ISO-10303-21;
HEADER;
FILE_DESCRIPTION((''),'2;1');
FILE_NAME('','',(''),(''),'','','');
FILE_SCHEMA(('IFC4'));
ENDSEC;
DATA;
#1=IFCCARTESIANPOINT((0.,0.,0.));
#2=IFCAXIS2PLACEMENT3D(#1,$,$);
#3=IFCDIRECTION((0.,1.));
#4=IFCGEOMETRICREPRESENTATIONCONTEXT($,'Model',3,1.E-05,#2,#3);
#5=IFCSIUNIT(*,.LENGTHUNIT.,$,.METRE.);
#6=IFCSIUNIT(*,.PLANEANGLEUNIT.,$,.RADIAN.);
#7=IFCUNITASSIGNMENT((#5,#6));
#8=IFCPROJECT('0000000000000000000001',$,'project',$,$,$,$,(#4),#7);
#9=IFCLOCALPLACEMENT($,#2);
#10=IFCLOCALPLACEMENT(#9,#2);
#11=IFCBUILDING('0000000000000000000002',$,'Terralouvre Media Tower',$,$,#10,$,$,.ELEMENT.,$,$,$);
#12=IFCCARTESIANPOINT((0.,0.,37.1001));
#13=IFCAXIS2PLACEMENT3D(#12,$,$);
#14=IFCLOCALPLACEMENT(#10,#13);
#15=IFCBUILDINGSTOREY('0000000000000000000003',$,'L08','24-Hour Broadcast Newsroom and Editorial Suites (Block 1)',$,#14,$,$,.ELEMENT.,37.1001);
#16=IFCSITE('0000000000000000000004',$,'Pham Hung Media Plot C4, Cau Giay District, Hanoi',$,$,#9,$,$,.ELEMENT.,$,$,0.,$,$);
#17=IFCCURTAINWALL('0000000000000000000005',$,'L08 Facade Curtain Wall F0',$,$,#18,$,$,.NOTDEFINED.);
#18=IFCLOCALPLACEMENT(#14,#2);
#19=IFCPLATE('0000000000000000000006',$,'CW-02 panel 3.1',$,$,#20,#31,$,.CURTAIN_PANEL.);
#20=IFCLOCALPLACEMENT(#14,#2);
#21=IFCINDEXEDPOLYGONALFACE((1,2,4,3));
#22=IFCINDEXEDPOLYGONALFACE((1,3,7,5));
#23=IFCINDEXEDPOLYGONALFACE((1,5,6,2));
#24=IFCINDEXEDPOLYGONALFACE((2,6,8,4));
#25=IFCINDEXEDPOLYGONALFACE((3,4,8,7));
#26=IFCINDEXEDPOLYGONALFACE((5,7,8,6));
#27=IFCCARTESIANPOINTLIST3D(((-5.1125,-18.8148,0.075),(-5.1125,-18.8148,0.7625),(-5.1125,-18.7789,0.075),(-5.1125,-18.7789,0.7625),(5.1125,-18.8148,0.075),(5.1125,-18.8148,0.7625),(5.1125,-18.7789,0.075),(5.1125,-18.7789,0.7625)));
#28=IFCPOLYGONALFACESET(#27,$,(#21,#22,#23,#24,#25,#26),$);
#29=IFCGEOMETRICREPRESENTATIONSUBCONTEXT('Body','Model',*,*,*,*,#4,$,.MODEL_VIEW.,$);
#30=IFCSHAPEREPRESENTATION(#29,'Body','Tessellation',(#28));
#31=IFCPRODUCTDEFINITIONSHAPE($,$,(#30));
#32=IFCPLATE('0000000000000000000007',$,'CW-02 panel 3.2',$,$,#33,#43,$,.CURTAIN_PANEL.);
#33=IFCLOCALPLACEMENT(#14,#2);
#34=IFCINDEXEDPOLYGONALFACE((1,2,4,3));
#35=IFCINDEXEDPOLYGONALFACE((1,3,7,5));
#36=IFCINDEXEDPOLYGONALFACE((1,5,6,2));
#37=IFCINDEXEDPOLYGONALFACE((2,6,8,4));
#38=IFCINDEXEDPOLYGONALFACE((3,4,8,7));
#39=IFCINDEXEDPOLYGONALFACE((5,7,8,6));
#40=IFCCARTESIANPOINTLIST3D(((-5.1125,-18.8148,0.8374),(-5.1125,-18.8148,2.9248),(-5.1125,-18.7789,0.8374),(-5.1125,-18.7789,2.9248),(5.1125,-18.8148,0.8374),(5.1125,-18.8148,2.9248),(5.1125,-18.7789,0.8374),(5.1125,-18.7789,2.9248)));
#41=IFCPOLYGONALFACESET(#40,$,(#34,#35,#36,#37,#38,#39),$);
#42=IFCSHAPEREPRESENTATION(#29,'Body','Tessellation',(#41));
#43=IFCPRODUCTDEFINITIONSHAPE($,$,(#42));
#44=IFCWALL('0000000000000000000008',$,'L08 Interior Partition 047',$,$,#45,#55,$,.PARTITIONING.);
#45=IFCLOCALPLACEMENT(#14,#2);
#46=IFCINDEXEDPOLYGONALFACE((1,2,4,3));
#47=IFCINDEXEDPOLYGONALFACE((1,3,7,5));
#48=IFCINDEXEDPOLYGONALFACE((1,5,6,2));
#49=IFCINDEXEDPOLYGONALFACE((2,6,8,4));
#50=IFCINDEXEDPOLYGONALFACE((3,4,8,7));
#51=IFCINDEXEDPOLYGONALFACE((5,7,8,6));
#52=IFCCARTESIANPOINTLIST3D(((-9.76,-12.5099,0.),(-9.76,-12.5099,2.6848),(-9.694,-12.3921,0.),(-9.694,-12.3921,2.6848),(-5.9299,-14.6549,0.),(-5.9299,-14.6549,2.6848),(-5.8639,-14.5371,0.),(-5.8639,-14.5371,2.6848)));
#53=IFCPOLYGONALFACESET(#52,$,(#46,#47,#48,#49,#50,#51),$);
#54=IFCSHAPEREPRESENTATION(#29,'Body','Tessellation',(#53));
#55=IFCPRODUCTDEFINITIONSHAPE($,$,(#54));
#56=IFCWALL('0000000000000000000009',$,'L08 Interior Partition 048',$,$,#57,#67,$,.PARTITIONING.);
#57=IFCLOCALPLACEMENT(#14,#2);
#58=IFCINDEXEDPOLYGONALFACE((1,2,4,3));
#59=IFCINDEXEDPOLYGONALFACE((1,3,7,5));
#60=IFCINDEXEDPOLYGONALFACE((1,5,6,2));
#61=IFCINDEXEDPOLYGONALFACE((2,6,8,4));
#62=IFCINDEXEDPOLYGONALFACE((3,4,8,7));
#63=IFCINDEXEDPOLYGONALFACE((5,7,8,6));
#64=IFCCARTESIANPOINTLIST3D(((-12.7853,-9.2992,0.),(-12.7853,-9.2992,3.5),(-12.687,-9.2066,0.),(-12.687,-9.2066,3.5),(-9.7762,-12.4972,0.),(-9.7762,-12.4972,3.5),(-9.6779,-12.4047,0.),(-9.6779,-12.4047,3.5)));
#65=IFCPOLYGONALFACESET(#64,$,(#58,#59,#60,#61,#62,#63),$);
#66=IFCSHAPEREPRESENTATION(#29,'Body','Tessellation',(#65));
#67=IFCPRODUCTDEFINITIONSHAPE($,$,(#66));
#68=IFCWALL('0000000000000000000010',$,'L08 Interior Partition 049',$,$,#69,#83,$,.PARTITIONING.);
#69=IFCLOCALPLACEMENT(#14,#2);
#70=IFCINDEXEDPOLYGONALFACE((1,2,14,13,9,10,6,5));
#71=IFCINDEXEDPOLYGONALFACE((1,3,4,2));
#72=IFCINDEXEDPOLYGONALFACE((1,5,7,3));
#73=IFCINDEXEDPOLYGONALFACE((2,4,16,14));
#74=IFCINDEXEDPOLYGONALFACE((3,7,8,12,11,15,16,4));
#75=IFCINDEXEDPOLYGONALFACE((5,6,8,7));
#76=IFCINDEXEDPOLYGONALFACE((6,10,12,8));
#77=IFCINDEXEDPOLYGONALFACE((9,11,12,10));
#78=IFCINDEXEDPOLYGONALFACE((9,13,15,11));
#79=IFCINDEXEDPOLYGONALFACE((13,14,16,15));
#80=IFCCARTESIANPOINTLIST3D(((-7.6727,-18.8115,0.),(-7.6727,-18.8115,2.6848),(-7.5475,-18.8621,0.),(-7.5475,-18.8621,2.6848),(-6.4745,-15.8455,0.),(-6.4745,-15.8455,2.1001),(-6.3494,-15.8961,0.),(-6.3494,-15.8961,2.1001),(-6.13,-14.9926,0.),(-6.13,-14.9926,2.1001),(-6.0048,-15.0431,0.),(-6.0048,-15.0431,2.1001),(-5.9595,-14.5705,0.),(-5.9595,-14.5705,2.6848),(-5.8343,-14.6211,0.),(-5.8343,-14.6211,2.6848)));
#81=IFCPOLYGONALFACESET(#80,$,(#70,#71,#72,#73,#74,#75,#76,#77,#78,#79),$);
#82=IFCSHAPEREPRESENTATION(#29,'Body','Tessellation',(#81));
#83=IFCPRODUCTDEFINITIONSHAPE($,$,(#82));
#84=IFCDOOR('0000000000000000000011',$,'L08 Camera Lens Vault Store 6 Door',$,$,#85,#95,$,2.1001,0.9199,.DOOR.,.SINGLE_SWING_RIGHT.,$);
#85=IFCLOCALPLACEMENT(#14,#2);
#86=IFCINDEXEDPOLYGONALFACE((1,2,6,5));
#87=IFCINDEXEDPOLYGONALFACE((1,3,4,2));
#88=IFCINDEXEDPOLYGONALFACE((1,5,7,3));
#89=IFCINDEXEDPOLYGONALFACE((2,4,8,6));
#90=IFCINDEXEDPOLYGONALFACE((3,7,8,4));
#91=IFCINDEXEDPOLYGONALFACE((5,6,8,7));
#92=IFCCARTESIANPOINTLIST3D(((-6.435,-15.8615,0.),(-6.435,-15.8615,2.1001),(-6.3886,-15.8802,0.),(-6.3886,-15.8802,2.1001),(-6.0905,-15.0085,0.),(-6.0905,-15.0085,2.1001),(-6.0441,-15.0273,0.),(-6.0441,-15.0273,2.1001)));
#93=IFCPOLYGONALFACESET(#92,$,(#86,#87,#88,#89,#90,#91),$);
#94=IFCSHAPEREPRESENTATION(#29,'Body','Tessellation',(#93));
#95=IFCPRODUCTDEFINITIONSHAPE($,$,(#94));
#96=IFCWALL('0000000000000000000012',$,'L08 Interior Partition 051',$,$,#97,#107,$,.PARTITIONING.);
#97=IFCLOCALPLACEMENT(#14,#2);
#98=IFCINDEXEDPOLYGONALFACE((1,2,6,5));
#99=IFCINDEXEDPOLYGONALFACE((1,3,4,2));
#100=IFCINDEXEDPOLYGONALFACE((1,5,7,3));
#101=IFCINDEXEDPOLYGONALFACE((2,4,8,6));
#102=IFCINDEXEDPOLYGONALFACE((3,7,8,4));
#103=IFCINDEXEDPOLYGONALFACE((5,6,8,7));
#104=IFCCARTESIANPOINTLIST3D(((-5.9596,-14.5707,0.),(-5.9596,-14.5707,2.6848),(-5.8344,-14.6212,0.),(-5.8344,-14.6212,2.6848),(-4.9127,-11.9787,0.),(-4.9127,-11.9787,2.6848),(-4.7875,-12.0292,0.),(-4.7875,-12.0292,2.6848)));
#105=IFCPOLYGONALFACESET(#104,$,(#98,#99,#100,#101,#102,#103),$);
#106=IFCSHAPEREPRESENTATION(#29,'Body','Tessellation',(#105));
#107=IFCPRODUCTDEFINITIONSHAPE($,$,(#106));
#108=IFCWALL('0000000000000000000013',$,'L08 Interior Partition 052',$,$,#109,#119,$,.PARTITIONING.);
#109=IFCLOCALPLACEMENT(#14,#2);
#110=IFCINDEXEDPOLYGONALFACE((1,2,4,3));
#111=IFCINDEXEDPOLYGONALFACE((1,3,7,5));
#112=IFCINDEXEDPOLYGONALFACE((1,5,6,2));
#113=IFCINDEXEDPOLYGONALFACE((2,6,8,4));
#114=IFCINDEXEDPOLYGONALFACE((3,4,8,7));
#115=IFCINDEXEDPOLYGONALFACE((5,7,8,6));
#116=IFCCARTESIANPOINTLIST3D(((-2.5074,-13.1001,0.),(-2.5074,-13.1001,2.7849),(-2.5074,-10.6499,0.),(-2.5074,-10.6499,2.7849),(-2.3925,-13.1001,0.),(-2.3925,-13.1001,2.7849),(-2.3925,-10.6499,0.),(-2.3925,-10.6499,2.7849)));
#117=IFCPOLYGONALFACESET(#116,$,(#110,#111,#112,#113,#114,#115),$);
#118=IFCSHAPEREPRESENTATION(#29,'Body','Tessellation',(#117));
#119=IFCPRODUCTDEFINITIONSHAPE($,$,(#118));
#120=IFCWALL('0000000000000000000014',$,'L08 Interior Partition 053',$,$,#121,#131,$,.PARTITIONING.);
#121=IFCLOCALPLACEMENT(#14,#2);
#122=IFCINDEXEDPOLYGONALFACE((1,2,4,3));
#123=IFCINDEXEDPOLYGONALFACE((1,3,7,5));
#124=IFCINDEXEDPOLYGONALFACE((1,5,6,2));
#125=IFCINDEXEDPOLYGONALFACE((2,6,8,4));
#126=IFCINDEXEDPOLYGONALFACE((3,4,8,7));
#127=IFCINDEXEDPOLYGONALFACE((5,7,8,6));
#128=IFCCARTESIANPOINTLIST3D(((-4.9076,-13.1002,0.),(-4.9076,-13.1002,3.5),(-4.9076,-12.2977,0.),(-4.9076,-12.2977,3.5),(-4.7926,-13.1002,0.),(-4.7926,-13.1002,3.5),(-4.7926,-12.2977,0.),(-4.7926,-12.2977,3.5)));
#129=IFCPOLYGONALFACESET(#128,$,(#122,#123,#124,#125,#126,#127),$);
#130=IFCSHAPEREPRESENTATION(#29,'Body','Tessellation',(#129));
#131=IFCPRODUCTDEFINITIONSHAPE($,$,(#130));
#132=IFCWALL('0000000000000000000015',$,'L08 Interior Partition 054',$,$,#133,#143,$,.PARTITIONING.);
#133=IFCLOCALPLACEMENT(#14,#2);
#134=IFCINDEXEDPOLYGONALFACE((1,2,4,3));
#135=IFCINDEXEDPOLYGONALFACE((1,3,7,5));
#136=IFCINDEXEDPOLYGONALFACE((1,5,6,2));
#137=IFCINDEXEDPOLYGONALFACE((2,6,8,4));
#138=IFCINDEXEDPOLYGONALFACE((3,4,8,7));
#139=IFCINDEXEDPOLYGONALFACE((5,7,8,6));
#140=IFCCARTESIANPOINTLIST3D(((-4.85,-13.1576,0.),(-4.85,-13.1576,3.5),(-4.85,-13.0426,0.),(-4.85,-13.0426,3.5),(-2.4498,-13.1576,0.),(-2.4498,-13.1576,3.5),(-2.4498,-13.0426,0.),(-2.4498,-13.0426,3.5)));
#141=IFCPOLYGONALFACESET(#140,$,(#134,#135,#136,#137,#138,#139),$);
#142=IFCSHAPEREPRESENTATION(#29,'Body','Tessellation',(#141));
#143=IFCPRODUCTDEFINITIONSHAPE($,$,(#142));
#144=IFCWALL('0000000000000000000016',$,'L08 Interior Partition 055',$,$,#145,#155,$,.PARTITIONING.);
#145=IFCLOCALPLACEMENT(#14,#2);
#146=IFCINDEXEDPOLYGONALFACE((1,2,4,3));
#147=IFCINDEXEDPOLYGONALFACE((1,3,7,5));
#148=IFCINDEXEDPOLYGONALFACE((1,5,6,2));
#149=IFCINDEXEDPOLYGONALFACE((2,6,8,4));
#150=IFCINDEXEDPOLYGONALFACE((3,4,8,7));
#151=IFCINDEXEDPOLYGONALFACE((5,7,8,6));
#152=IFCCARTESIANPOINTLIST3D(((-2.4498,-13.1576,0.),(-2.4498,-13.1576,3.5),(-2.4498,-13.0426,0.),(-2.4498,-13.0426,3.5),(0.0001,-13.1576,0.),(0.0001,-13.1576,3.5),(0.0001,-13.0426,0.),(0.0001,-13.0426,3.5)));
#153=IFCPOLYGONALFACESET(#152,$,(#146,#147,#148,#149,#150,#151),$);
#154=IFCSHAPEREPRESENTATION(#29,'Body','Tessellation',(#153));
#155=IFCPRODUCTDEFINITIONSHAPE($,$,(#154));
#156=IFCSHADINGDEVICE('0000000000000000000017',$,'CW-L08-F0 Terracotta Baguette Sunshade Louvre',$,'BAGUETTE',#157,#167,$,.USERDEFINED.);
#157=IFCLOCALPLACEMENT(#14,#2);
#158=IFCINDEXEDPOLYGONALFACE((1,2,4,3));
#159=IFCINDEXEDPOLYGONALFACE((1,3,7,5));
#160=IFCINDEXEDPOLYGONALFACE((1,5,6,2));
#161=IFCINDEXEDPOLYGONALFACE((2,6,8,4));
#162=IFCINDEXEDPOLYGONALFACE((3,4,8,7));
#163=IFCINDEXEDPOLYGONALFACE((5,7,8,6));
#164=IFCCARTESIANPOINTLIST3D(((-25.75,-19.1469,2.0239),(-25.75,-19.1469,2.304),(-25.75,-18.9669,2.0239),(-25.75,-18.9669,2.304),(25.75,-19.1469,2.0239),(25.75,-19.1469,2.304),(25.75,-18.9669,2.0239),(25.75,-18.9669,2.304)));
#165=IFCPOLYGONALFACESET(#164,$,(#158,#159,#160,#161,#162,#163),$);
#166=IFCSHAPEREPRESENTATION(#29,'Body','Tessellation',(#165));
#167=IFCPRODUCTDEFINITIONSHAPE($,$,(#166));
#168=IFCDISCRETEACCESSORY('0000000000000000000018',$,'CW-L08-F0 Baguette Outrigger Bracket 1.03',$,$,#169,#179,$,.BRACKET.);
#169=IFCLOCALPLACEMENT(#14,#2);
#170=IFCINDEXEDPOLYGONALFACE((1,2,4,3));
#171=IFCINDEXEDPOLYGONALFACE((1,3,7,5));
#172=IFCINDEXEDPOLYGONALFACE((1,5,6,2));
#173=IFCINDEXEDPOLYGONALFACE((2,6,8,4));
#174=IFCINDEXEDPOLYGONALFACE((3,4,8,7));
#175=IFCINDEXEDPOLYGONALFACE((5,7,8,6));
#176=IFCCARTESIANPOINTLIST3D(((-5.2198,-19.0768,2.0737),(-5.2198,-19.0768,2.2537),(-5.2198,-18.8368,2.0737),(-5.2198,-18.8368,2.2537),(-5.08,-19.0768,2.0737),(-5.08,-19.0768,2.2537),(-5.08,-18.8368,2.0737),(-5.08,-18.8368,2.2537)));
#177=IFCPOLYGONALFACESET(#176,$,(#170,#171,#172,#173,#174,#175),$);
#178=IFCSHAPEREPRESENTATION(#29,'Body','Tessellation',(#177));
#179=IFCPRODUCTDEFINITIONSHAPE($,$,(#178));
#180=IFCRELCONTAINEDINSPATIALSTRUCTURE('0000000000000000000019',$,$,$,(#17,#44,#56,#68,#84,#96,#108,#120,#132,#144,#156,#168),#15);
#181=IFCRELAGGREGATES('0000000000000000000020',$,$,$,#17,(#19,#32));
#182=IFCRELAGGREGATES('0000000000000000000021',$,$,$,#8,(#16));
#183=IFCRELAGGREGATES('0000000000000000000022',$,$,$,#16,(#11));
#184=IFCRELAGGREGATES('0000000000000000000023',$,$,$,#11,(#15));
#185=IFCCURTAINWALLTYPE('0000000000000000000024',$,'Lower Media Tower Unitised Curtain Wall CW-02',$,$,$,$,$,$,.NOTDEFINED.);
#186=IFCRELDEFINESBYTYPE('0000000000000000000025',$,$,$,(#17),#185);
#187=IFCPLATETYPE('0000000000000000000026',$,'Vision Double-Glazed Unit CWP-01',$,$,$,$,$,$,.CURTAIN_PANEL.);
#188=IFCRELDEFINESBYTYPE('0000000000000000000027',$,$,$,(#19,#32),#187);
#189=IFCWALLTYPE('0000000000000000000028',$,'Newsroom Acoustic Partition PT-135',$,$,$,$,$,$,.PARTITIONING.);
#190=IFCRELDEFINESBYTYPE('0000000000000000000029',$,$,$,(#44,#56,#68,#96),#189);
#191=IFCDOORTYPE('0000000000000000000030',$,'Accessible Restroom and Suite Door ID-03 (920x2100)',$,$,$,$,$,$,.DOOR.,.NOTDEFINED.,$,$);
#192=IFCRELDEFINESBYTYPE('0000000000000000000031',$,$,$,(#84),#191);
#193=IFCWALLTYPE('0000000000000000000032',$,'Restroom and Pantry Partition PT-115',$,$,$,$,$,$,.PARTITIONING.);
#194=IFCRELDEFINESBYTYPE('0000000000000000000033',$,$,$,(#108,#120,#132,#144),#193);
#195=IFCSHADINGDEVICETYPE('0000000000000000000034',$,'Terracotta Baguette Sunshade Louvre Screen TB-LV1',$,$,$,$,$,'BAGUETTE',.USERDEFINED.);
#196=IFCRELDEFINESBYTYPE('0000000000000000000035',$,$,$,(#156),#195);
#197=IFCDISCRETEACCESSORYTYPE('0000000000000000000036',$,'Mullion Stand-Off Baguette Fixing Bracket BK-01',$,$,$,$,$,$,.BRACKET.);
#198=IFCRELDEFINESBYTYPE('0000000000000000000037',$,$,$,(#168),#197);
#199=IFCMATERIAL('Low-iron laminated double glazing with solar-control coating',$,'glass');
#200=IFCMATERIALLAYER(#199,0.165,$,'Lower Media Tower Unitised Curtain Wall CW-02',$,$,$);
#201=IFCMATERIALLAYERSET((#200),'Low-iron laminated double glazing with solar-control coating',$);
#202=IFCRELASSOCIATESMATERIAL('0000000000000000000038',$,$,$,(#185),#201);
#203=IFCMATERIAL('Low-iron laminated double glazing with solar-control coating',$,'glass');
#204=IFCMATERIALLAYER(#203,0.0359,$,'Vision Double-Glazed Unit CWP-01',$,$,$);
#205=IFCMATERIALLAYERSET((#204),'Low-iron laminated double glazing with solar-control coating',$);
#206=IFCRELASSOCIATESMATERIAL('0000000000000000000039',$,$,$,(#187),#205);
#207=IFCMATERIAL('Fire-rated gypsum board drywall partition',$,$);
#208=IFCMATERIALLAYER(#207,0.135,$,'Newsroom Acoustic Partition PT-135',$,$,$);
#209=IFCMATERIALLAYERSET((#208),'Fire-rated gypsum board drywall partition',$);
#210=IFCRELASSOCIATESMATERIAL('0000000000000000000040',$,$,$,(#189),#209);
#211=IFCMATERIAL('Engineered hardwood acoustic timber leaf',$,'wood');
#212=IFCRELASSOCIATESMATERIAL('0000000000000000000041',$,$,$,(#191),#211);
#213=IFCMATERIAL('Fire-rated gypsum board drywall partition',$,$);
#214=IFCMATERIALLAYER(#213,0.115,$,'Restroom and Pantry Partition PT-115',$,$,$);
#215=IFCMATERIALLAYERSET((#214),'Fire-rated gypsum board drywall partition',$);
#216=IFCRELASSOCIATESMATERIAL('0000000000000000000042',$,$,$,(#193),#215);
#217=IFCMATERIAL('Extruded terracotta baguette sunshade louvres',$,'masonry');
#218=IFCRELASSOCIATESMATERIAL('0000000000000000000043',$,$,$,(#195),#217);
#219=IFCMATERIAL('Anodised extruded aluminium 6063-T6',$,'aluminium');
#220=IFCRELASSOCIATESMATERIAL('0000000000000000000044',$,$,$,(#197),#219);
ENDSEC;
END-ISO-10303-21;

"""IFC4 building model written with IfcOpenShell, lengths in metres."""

from ifc_helpers import new_model, si_unit, direction, frame, frame_2d, origin, origin_2d, place, context, subcontext, project, spatial, rectangle, extrude, material, layer, layer_set, type_object, element, fill, aggregate, save


model = new_model("IFC4")

# Units and contexts
model_context = context("Model", 3, precision=1e-05, world=origin(), true_north=direction((0.0, 1.0)))
body_context = subcontext(model_context, "Body", "Model", "MODEL_VIEW")
ifc_project = project(units=[si_unit("LENGTHUNIT", "METRE"), si_unit("PLANEANGLEUNIT", "RADIAN")], contexts=[model_context])

# Site, building, storey
site_placement = place(None, origin())
site = spatial("IfcSite", under=ifc_project, at=site_placement, Name="Pham Hung Media Plot C4, Cau Giay District, Hanoi", CompositionType="ELEMENT", RefElevation=0.0)
building_placement = place(site_placement, origin())
building = spatial("IfcBuilding", under=site, at=building_placement, Name="Terralouvre Media Tower", CompositionType="ELEMENT")
storey_placement = place(building_placement, frame((0.0, 0.0, 37.1001)))
storey = spatial("IfcBuildingStorey", under=building, at=storey_placement, Name="L08", Description="24-Hour Broadcast Newsroom and Editorial Suites (Block 1)", CompositionType="ELEMENT", Elevation=37.1001)

# Curtain wall
ifc_material_1 = material(Name="Low-iron laminated double glazing with solar-control coating", Category="glass")
ifc_layer_1 = layer(ifc_material_1, 0.165, Name="Lower Media Tower Unitised Curtain Wall CW-02")
ifc_layer_set_1 = layer_set([ifc_layer_1], Name="Low-iron laminated double glazing with solar-control coating")
curtain_wall_type = type_object("IfcCurtainWallType", Name="Lower Media Tower Unitised Curtain Wall CW-02", PredefinedType="NOTDEFINED", material=ifc_layer_set_1)
curtain_wall_placement = place(storey_placement, origin())
curtain_wall = element("IfcCurtainWall", 1, at=curtain_wall_placement, inside=storey, type_object=curtain_wall_type, Name="L08 Facade Curtain Wall F0", PredefinedType="NOTDEFINED")

# Plates
ifc_material_2 = material(Name="Low-iron laminated double glazing with solar-control coating", Category="glass")
ifc_layer_2 = layer(ifc_material_2, 0.0359, Name="Vision Double-Glazed Unit CWP-01")
ifc_layer_set_2 = layer_set([ifc_layer_2], Name="Low-iron laminated double glazing with solar-control coating")
plate_type = type_object("IfcPlateType", Name="Vision Double-Glazed Unit CWP-01", PredefinedType="CURTAIN_PANEL", material=ifc_layer_set_2)
plate_1_placement = place(storey_placement, frame((0.0, -18.7969, 0.075), z_axis=(0.0, 0.0, 1.0), x_axis=(1.0, 0.0, 0.0)))
plate_1 = element("IfcPlate", 2, at=plate_1_placement, type_object=plate_type, Name="CW-02 panel 3.1", PredefinedType="CURTAIN_PANEL", context=body_context, shape_type="SweptSolid", body=[
    extrude(rectangle(XDim=10.2251, YDim=0.0359, at=origin_2d()), origin(), (0.0, 0.0, 1.0), 0.6875),
])
plate_2_placement = place(storey_placement, frame((0.0, -18.7969, 0.8374), z_axis=(0.0, 0.0, 1.0), x_axis=(1.0, 0.0, 0.0)))
plate_2 = element("IfcPlate", 3, at=plate_2_placement, type_object=plate_type, Name="CW-02 panel 3.2", PredefinedType="CURTAIN_PANEL", context=body_context, shape_type="SweptSolid", body=[
    extrude(rectangle(XDim=10.2251, YDim=0.0359, at=origin_2d()), origin(), (0.0, 0.0, 1.0), 2.0874),
])
aggregate(curtain_wall, [plate_1, plate_2])

# Walls
ifc_material_3 = material(Name="Fire-rated gypsum board drywall partition")
ifc_layer_3 = layer(ifc_material_3, 0.135, Name="Newsroom Acoustic Partition PT-135")
ifc_layer_set_3 = layer_set([ifc_layer_3], Name="Fire-rated gypsum board drywall partition")
wall_type_1 = type_object("IfcWallType", Name="Newsroom Acoustic Partition PT-135", PredefinedType="PARTITIONING", material=ifc_layer_set_3)
wall_1_placement = place(storey_placement, frame((-5.897, -14.5959, 0.0), z_axis=(0.0, 0.0, 1.0), x_axis=(-0.872489, 0.488634, 0.0)))
element("IfcWall", 4, at=wall_1_placement, inside=storey, type_object=wall_type_1, Name="L08 Interior Partition 047", PredefinedType="PARTITIONING", context=body_context, shape_type="SweptSolid", body=[
    extrude(rectangle(XDim=4.3899, YDim=0.135, at=frame_2d((2.1948, 0.0))), origin(), (0.0, 0.0, 1.0), 2.6848),
])
wall_2_placement = place(storey_placement, frame((-9.7271, -12.4509, 0.0), z_axis=(0.0, 0.0, 1.0), x_axis=(-0.685262, 0.728296, 0.0)))
element("IfcWall", 5, at=wall_2_placement, inside=storey, type_object=wall_type_1, Name="L08 Interior Partition 048", PredefinedType="PARTITIONING", context=body_context, shape_type="SweptSolid", body=[
    extrude(rectangle(XDim=4.3911, YDim=0.135, at=frame_2d((2.1956, 0.0))), origin(), (0.0, 0.0, 1.0), 3.5),
])

# Wall, opening, door
wall_3_placement = place(storey_placement, frame((-7.6101, -18.8369, 0.0), z_axis=(0.0, 0.0, 1.0), x_axis=(0.374545, 0.927209, 0.0)))
wall_3 = element("IfcWall", 6, at=wall_3_placement, inside=storey, type_object=wall_type_1, Name="L08 Interior Partition 049", PredefinedType="PARTITIONING", context=body_context, shape_type="SweptSolid", body=[
    extrude(rectangle(XDim=4.574, YDim=0.135, at=frame_2d((2.2871, 0.0))), origin(), (0.0, 0.0, 1.0), 2.6848),
])
opening_placement = place(wall_3_placement, frame((3.199, 0.0, 0.0)))
opening = element("IfcOpeningElement", 7, at=opening_placement, cuts=wall_3, PredefinedType="OPENING", context=body_context, shape_type="SweptSolid", body=[
    extrude(rectangle(XDim=0.9199, YDim=2.1001, at=frame_2d((0.46, 1.05))), frame((0.0, 0.0774, 0.0), z_axis=(0.0, -1.0, 0.0), x_axis=(1.0, 0.0, 0.0)), (0.0, 0.0, 1.0), 0.155),
])
ifc_material_4 = material(Name="Engineered hardwood acoustic timber leaf", Category="wood")
door_type = type_object("IfcDoorType", Name="Accessible Restroom and Suite Door ID-03 (920x2100)", OperationType="NOTDEFINED", PredefinedType="DOOR", material=ifc_material_4)
door_placement = place(opening_placement, origin())
door = element("IfcDoor", 8, at=door_placement, inside=storey, type_object=door_type, Name="L08 Camera Lens Vault Store 6 Door", OperationType="SINGLE_SWING_RIGHT", OverallHeight=2.1001, OverallWidth=0.9199, PredefinedType="DOOR", context=body_context, shape_type="SweptSolid", body=[
    extrude(rectangle(XDim=0.9199, YDim=2.1001, at=frame_2d((0.46, 1.05))), frame((0.0, 0.0249, 0.0), z_axis=(0.0, -1.0, 0.0), x_axis=(1.0, 0.0, 0.0)), (0.0, 0.0, 1.0), 0.05),
])
fill(opening, door)

# Walls
wall_4_placement = place(storey_placement, frame((-5.897, -14.5959, 0.0), z_axis=(0.0, 0.0, 1.0), x_axis=(0.37449, 0.927231, 0.0)))
element("IfcWall", 9, at=wall_4_placement, inside=storey, type_object=wall_type_1, Name="L08 Interior Partition 051", PredefinedType="PARTITIONING", context=body_context, shape_type="SweptSolid", body=[
    extrude(rectangle(XDim=2.7954, YDim=0.135, at=frame_2d((1.3977, 0.0))), origin(), (0.0, 0.0, 1.0), 2.6848),
])
ifc_material_5 = material(Name="Fire-rated gypsum board drywall partition")
ifc_layer_4 = layer(ifc_material_5, 0.115, Name="Restroom and Pantry Partition PT-115")
ifc_layer_set_4 = layer_set([ifc_layer_4], Name="Fire-rated gypsum board drywall partition")
wall_type_2 = type_object("IfcWallType", Name="Restroom and Pantry Partition PT-115", PredefinedType="PARTITIONING", material=ifc_layer_set_4)
wall_5_placement = place(storey_placement, frame((-2.45, -13.1001, 0.0), z_axis=(0.0, 0.0, 1.0), x_axis=(0.0, 1.0, 0.0)))
element("IfcWall", 10, at=wall_5_placement, inside=storey, type_object=wall_type_2, Name="L08 Interior Partition 052", PredefinedType="PARTITIONING", context=body_context, shape_type="SweptSolid", body=[
    extrude(rectangle(XDim=2.4502, YDim=0.115, at=frame_2d((1.2251, 0.0))), origin(), (0.0, 0.0, 1.0), 2.7849),
])
wall_6_placement = place(storey_placement, frame((-4.8501, -12.2976, 0.0), z_axis=(0.0, 0.0, 1.0), x_axis=(0.0, -1.0, 0.0)))
element("IfcWall", 11, at=wall_6_placement, inside=storey, type_object=wall_type_2, Name="L08 Interior Partition 053", PredefinedType="PARTITIONING", context=body_context, shape_type="SweptSolid", body=[
    extrude(rectangle(XDim=0.8025, YDim=0.115, at=frame_2d((0.4014, 0.0))), origin(), (0.0, 0.0, 1.0), 3.5),
])
wall_7_placement = place(storey_placement, frame((-4.8501, -13.1001, 0.0), z_axis=(0.0, 0.0, 1.0), x_axis=(1.0, 0.0, 0.0)))
element("IfcWall", 12, at=wall_7_placement, inside=storey, type_object=wall_type_2, Name="L08 Interior Partition 054", PredefinedType="PARTITIONING", context=body_context, shape_type="SweptSolid", body=[
    extrude(rectangle(XDim=2.4001, YDim=0.115, at=frame_2d((1.2002, 0.0))), origin(), (0.0, 0.0, 1.0), 3.5),
])
wall_8_placement = place(storey_placement, frame((-2.45, -13.1001, 0.0), z_axis=(0.0, 0.0, 1.0), x_axis=(1.0, 0.0, 0.0)))
element("IfcWall", 13, at=wall_8_placement, inside=storey, type_object=wall_type_2, Name="L08 Interior Partition 055", PredefinedType="PARTITIONING", context=body_context, shape_type="SweptSolid", body=[
    extrude(rectangle(XDim=2.45, YDim=0.115, at=frame_2d((1.2251, 0.0))), origin(), (0.0, 0.0, 1.0), 3.5),
])

# Shading device
ifc_material_6 = material(Name="Extruded terracotta baguette sunshade louvres", Category="masonry")
shading_device_type = type_object("IfcShadingDeviceType", Name="Terracotta Baguette Sunshade Louvre Screen TB-LV1", ElementType="BAGUETTE", PredefinedType="USERDEFINED", material=ifc_material_6)
shading_device_placement = place(storey_placement, frame((0.0, -19.0569, 2.0239), z_axis=(0.0, 0.0, 1.0), x_axis=(1.0, 0.0, 0.0)))
element("IfcShadingDevice", 14, at=shading_device_placement, inside=storey, type_object=shading_device_type, Name="CW-L08-F0 Terracotta Baguette Sunshade Louvre", ObjectType="BAGUETTE", PredefinedType="USERDEFINED", context=body_context, shape_type="SweptSolid", body=[
    extrude(rectangle(XDim=51.5, YDim=0.1799, at=origin_2d()), origin(), (0.0, 0.0, 1.0), 0.28),
])

# Discrete accessory
ifc_material_7 = material(Name="Anodised extruded aluminium 6063-T6", Category="aluminium")
discrete_accessory_type = type_object("IfcDiscreteAccessoryType", Name="Mullion Stand-Off Baguette Fixing Bracket BK-01", PredefinedType="BRACKET", material=ifc_material_7)
discrete_accessory_placement = place(storey_placement, frame((-5.1499, -18.9568, 2.0737), z_axis=(0.0, 0.0, 1.0), x_axis=(1.0, 0.0, 0.0)))
element("IfcDiscreteAccessory", 15, at=discrete_accessory_placement, inside=storey, type_object=discrete_accessory_type, Name="CW-L08-F0 Baguette Outrigger Bracket 1.03", PredefinedType="BRACKET", context=body_context, shape_type="SweptSolid", body=[
    extrude(rectangle(XDim=0.1399, YDim=0.24, at=origin_2d()), origin(), (0.0, 0.0, 1.0), 0.1799),
])

save(model, "model.ifc")
